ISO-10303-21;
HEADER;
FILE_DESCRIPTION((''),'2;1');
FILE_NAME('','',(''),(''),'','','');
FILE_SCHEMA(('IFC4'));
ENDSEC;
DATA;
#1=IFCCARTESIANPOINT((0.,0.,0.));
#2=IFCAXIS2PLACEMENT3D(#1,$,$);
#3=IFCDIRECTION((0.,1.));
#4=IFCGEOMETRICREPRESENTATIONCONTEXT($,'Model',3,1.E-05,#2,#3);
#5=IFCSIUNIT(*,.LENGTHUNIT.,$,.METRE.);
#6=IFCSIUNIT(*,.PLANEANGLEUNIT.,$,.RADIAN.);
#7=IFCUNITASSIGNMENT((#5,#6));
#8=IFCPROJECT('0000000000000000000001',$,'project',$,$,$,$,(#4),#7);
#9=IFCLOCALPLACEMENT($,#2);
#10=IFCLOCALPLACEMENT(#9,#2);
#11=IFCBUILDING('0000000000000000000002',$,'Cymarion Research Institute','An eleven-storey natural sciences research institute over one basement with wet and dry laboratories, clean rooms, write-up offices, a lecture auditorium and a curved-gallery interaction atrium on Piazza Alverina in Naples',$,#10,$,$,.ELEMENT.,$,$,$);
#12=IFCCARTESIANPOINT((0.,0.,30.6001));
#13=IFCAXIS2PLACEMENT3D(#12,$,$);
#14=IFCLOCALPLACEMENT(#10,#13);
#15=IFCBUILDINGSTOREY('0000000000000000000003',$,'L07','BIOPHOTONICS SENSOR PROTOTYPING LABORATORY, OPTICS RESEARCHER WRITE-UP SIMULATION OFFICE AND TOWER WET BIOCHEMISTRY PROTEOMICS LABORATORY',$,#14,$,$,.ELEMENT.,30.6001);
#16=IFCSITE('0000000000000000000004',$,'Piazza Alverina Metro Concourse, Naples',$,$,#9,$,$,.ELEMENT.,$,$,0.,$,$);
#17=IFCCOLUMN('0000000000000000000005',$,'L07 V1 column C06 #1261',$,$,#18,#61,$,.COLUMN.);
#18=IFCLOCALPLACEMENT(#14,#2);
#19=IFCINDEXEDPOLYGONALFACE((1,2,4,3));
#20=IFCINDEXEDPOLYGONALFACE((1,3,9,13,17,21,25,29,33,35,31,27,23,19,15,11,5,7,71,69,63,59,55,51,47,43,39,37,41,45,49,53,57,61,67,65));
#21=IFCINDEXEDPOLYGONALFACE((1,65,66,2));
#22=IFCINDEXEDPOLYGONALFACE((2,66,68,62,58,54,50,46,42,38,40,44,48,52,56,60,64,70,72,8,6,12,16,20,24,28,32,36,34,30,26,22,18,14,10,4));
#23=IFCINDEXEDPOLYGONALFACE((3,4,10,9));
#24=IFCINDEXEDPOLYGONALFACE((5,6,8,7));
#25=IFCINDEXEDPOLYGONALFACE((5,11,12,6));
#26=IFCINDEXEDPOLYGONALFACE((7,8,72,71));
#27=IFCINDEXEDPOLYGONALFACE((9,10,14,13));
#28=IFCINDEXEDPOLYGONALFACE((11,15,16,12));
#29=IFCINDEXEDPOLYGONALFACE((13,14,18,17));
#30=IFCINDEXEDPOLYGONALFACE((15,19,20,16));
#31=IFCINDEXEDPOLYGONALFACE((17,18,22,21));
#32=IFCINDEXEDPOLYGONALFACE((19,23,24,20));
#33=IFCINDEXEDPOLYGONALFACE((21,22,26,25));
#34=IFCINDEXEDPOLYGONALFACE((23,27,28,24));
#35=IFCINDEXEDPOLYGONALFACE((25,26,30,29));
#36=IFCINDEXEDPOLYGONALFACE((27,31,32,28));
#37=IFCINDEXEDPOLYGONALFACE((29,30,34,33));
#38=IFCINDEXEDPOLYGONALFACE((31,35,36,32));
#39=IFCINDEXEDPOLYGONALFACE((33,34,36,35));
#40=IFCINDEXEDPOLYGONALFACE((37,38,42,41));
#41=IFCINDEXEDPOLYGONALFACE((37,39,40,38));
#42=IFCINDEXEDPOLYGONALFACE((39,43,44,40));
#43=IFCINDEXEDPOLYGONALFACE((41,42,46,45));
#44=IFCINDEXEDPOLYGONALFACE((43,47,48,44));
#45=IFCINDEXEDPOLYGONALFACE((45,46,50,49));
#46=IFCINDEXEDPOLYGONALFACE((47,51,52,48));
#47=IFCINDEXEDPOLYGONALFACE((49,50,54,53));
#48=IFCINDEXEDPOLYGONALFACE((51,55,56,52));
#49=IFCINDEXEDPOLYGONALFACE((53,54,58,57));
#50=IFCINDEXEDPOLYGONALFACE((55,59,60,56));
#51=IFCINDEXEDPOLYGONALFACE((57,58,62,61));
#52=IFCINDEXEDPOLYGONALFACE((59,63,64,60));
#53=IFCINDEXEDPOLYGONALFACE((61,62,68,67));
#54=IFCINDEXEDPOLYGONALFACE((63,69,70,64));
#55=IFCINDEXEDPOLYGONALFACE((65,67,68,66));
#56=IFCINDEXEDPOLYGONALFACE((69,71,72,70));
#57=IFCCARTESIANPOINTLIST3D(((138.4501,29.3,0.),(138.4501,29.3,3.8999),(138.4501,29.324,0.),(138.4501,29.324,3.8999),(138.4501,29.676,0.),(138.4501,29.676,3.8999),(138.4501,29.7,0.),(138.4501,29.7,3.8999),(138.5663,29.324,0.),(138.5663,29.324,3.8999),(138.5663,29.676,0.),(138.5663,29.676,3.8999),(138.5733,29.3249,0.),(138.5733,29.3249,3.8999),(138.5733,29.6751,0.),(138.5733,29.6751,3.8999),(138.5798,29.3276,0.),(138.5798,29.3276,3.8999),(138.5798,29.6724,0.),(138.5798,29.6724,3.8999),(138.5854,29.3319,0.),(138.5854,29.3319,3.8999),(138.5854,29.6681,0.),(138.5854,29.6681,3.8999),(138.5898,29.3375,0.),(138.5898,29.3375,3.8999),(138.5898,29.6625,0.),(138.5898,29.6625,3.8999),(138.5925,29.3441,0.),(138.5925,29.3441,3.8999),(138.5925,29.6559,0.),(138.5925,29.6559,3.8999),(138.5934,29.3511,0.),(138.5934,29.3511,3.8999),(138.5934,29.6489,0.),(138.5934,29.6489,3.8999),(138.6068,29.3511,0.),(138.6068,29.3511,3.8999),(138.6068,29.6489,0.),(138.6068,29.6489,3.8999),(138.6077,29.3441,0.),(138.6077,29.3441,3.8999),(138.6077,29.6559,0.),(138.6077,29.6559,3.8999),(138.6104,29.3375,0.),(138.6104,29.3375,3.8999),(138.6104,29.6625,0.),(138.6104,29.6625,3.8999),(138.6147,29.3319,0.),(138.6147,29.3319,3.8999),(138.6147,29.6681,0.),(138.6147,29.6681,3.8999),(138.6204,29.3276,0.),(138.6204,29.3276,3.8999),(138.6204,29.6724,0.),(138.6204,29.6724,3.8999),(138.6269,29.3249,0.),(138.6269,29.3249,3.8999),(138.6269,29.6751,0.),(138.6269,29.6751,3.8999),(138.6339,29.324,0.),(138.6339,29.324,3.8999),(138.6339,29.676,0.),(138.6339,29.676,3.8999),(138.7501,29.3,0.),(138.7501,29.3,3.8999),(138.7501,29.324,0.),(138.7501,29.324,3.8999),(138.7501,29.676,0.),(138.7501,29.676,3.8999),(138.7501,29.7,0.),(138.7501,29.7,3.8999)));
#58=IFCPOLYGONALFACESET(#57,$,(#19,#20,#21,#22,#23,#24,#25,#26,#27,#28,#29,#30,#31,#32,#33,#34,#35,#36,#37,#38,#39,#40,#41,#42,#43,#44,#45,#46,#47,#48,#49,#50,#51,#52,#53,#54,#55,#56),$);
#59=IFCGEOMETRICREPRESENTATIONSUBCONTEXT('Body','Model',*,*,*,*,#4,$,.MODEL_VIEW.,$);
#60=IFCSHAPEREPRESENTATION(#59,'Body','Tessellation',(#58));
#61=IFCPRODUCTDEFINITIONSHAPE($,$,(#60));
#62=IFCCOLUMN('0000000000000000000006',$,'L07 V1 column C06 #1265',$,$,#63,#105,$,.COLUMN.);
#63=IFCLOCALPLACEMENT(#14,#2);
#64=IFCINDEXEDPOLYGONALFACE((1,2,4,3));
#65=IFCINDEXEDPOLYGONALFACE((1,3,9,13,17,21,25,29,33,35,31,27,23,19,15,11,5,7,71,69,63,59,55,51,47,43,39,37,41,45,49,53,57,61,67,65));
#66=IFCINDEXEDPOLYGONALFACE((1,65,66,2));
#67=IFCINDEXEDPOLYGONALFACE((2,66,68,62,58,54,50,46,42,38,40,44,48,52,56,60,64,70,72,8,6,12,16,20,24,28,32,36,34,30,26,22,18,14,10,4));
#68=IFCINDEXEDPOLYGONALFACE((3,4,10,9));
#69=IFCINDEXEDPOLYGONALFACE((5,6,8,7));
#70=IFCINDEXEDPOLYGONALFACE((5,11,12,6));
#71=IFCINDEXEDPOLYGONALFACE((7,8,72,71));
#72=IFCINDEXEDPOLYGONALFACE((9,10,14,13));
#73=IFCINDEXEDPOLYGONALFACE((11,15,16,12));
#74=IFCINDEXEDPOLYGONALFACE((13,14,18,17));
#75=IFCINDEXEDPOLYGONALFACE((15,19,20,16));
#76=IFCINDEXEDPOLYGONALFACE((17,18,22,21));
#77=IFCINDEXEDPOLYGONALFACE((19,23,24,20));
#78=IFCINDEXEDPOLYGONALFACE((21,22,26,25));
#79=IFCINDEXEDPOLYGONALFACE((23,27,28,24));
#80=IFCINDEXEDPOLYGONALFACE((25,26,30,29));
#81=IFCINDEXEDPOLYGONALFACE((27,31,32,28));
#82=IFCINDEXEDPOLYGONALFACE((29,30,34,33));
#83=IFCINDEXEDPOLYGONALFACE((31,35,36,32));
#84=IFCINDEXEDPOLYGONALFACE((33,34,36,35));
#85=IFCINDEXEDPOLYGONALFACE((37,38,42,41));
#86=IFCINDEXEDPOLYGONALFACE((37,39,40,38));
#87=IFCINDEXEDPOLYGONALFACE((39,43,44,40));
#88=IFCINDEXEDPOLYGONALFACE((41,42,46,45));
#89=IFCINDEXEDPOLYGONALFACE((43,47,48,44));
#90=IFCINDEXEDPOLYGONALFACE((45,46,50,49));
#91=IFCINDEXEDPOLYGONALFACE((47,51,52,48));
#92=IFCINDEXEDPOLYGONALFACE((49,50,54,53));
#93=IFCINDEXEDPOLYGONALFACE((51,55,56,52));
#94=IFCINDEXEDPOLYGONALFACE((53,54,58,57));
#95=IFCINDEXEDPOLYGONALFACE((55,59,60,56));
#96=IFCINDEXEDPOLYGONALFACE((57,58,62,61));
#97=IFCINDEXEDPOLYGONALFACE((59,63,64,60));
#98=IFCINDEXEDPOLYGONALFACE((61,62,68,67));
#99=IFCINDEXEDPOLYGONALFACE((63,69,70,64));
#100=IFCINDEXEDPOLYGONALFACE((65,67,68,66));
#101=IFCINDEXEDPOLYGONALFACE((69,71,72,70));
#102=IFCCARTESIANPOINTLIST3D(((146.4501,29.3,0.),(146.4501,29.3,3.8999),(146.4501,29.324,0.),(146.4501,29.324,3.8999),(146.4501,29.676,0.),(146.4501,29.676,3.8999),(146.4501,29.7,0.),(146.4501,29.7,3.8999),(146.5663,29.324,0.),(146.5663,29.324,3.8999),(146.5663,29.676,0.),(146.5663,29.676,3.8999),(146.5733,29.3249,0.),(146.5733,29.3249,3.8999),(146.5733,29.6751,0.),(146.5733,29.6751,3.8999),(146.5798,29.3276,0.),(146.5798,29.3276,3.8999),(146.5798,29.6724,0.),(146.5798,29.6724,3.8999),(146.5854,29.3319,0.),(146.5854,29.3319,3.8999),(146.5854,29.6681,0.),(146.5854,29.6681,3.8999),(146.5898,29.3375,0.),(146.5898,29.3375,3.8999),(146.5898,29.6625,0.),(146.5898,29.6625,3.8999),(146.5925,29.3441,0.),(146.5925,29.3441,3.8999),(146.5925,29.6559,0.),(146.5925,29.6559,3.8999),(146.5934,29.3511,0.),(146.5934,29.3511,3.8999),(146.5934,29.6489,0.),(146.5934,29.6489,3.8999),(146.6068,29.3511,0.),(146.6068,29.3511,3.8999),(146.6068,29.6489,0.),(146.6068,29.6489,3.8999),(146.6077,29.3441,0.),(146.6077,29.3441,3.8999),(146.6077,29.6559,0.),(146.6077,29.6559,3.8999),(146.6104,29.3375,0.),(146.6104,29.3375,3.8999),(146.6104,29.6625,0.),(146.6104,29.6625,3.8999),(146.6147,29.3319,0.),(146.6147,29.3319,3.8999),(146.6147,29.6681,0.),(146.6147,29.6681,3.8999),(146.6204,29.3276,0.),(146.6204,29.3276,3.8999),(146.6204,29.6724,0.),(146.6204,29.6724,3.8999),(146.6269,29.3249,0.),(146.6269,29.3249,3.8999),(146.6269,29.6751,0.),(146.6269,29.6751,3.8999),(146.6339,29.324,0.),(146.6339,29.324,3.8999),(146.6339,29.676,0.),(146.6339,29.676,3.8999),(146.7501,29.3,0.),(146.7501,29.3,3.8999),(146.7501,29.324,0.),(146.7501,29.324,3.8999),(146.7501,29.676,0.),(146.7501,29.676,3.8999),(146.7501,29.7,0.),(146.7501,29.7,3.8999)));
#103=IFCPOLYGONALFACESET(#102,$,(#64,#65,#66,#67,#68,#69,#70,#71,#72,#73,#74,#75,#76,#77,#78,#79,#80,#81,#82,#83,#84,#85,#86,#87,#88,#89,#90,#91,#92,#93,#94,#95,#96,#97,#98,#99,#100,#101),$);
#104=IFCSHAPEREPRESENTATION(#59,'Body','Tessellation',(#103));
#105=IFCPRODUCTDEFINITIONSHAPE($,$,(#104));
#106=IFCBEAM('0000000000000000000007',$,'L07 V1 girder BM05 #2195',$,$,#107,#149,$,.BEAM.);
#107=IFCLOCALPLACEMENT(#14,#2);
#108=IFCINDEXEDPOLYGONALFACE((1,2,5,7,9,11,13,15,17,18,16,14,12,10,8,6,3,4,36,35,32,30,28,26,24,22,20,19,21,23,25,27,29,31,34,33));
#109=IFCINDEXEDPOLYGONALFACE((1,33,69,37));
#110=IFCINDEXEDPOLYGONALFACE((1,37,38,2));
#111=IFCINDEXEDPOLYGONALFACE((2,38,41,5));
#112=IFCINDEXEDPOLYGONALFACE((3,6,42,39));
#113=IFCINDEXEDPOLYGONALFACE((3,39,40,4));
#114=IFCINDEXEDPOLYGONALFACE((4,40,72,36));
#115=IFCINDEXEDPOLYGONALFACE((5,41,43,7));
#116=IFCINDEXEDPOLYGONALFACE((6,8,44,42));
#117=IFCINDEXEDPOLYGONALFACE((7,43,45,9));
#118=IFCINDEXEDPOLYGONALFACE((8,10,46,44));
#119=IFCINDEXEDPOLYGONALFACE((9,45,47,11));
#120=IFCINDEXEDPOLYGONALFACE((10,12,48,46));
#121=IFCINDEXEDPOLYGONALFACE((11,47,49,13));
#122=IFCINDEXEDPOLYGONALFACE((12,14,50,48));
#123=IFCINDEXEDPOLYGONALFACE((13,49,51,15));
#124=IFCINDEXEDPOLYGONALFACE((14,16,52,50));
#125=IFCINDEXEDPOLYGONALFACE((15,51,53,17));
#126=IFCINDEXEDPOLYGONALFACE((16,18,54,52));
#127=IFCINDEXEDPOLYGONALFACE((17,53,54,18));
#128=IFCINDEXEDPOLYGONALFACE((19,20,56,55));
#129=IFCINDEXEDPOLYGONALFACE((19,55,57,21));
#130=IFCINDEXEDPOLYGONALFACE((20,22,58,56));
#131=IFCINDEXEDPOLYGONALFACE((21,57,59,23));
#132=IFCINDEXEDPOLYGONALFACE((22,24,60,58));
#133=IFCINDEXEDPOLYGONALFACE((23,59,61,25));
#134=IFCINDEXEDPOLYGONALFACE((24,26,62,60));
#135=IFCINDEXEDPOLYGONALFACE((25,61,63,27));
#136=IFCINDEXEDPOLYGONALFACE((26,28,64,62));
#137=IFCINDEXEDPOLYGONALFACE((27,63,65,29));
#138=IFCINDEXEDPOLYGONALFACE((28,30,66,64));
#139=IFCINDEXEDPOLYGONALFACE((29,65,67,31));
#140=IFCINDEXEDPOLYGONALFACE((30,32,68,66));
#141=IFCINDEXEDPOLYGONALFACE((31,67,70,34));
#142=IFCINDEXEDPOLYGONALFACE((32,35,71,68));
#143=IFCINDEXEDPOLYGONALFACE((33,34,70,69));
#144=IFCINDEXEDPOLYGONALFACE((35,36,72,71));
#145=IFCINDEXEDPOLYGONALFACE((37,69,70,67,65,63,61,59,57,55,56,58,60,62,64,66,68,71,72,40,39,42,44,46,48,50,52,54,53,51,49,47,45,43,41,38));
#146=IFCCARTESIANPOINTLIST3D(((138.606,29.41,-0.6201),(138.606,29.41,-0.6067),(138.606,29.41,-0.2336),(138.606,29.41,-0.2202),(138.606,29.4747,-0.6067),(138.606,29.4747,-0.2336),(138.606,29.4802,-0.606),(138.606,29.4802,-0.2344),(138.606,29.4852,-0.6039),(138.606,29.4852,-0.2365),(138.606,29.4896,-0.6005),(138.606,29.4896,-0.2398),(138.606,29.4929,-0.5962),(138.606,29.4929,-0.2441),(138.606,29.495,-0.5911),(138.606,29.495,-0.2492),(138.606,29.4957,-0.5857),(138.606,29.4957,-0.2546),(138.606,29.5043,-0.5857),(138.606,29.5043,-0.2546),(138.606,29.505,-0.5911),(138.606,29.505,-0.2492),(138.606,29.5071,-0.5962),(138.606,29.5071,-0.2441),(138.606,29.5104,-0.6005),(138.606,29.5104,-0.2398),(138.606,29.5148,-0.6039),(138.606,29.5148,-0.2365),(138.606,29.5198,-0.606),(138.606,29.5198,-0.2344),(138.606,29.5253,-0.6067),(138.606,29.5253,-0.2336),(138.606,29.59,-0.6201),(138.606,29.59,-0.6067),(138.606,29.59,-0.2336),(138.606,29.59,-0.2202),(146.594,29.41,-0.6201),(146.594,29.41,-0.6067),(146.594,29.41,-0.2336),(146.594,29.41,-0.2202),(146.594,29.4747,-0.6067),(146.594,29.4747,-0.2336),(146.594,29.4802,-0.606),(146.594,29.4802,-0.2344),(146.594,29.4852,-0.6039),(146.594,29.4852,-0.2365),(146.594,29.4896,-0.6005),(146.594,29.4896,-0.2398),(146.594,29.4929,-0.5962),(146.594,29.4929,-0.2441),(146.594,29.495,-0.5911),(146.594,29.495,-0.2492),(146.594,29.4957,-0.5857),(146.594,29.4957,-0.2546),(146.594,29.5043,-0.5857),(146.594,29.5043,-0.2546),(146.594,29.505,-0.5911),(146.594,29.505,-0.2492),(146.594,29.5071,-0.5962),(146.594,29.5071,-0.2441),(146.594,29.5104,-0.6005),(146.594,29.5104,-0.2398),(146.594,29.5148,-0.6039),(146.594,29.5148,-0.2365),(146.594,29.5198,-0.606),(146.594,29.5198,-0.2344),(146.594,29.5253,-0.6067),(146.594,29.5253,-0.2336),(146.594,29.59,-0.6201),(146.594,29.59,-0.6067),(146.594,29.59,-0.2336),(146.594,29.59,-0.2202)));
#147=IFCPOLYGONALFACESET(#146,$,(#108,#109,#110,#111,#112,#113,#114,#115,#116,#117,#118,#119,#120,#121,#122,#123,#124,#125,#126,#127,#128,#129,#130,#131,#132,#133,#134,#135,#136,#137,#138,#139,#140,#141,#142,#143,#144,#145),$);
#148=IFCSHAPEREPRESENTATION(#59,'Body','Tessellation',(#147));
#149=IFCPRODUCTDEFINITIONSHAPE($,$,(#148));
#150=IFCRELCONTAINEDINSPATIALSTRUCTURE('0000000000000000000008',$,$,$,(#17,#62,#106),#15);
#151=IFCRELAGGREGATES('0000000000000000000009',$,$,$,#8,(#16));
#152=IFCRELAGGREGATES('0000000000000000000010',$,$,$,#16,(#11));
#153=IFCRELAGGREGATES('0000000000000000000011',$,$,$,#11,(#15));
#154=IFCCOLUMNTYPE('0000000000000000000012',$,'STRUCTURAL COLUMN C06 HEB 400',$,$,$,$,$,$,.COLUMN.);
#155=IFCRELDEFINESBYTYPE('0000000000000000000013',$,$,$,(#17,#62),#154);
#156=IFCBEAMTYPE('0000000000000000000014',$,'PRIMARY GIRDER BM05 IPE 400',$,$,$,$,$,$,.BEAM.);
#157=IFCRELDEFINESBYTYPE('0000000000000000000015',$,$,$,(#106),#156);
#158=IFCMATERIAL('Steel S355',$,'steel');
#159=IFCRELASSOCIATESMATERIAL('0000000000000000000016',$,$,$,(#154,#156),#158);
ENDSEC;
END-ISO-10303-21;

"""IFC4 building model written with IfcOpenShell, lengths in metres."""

from ifc_helpers import new_model, si_unit, direction, frame, origin, origin_2d, place, context, subcontext, project, spatial, i_section, extrude, material, material_profile, profile_set, type_object, element, save


model = new_model("IFC4")

# Units and contexts
model_context = context("Model", 3, precision=1e-05, world=origin(), true_north=direction((0.0, 1.0)))
body_context = subcontext(model_context, "Body", "Model", "MODEL_VIEW")
ifc_project = project(units=[si_unit("LENGTHUNIT", "METRE"), si_unit("PLANEANGLEUNIT", "RADIAN")], contexts=[model_context])

# Site, building, storey
site_placement = place(None, origin())
site = spatial("IfcSite", under=ifc_project, at=site_placement, Name="Piazza Alverina Metro Concourse, Naples", CompositionType="ELEMENT", RefElevation=0.0)
building_placement = place(site_placement, origin())
building = spatial("IfcBuilding", under=site, at=building_placement, Name="Cymarion Research Institute", Description="An eleven-storey natural sciences research institute over one basement with wet and dry laboratories, clean rooms, write-up offices, a lecture auditorium and a curved-gallery interaction atrium on Piazza Alverina in Naples", CompositionType="ELEMENT")
storey_placement = place(building_placement, frame((0.0, 0.0, 30.6001)))
storey = spatial("IfcBuildingStorey", under=building, at=storey_placement, Name="L07", Description="BIOPHOTONICS SENSOR PROTOTYPING LABORATORY, OPTICS RESEARCHER WRITE-UP SIMULATION OFFICE AND TOWER WET BIOCHEMISTRY PROTEOMICS LABORATORY", CompositionType="ELEMENT", Elevation=30.6001)

# Columns
ifc_material_1 = material(Name="Steel S355", Category="steel")
ifc_material_profile_1 = material_profile(ifc_material_1, i_section(OverallWidth=0.3, OverallDepth=0.3999, WebThickness=0.0134, FlangeThickness=0.0239, FilletRadius=0.0271, at=origin_2d()), Name="HEB 400")
ifc_profile_set_1 = profile_set([ifc_material_profile_1], Name="Steel S355")
column_type = type_object("IfcColumnType", Name="STRUCTURAL COLUMN C06 HEB 400", PredefinedType="COLUMN", material=ifc_profile_set_1)
for number, where, z_axis, x_axis, name in (
    (1, (138.6001, 29.5, 0.0), (0.0, 0.0, 1.0), (1.0, 0.0, 0.0), "L07 V1 column C06 #1261"),
    (2, (146.6001, 29.5, 0.0), (0.0, 0.0, 1.0), (1.0, 0.0, 0.0), "L07 V1 column C06 #1265"),
):
    element("IfcColumn", number, at=place(storey_placement, frame(where, z_axis=z_axis, x_axis=x_axis)), inside=storey, type_object=column_type, Name=name, PredefinedType="COLUMN", context=body_context, shape_type="SweptSolid", body=[
        extrude(i_section(OverallWidth=0.3, OverallDepth=0.3999, WebThickness=0.0134, FlangeThickness=0.0239, FilletRadius=0.0271, at=origin_2d()), origin(), (0.0, 0.0, 1.0), 3.8999),
    ])

# Beam
ifc_material_profile_2 = material_profile(ifc_material_1, i_section(OverallWidth=0.1799, OverallDepth=0.3999, WebThickness=0.0085, FlangeThickness=0.0134, FilletRadius=0.021, at=origin_2d()), Name="IPE 400")
ifc_profile_set_2 = profile_set([ifc_material_profile_2], Name="Steel S355")
beam_type = type_object("IfcBeamType", Name="PRIMARY GIRDER BM05 IPE 400", PredefinedType="BEAM", material=ifc_profile_set_2)
beam_placement = place(storey_placement, frame((138.606, 29.5, -0.4202), z_axis=(1.0, 0.0, 0.0), x_axis=(0.0, 1.0, 0.0)))
element("IfcBeam", 3, at=beam_placement, inside=storey, type_object=beam_type, Name="L07 V1 girder BM05 #2195", PredefinedType="BEAM", context=body_context, shape_type="SweptSolid", body=[
    extrude(i_section(OverallWidth=0.1799, OverallDepth=0.3999, WebThickness=0.0085, FlangeThickness=0.0134, FilletRadius=0.021, at=origin_2d()), origin(), (0.0, 0.0, 1.0), 7.988),
])

save(model, "model.ifc")
